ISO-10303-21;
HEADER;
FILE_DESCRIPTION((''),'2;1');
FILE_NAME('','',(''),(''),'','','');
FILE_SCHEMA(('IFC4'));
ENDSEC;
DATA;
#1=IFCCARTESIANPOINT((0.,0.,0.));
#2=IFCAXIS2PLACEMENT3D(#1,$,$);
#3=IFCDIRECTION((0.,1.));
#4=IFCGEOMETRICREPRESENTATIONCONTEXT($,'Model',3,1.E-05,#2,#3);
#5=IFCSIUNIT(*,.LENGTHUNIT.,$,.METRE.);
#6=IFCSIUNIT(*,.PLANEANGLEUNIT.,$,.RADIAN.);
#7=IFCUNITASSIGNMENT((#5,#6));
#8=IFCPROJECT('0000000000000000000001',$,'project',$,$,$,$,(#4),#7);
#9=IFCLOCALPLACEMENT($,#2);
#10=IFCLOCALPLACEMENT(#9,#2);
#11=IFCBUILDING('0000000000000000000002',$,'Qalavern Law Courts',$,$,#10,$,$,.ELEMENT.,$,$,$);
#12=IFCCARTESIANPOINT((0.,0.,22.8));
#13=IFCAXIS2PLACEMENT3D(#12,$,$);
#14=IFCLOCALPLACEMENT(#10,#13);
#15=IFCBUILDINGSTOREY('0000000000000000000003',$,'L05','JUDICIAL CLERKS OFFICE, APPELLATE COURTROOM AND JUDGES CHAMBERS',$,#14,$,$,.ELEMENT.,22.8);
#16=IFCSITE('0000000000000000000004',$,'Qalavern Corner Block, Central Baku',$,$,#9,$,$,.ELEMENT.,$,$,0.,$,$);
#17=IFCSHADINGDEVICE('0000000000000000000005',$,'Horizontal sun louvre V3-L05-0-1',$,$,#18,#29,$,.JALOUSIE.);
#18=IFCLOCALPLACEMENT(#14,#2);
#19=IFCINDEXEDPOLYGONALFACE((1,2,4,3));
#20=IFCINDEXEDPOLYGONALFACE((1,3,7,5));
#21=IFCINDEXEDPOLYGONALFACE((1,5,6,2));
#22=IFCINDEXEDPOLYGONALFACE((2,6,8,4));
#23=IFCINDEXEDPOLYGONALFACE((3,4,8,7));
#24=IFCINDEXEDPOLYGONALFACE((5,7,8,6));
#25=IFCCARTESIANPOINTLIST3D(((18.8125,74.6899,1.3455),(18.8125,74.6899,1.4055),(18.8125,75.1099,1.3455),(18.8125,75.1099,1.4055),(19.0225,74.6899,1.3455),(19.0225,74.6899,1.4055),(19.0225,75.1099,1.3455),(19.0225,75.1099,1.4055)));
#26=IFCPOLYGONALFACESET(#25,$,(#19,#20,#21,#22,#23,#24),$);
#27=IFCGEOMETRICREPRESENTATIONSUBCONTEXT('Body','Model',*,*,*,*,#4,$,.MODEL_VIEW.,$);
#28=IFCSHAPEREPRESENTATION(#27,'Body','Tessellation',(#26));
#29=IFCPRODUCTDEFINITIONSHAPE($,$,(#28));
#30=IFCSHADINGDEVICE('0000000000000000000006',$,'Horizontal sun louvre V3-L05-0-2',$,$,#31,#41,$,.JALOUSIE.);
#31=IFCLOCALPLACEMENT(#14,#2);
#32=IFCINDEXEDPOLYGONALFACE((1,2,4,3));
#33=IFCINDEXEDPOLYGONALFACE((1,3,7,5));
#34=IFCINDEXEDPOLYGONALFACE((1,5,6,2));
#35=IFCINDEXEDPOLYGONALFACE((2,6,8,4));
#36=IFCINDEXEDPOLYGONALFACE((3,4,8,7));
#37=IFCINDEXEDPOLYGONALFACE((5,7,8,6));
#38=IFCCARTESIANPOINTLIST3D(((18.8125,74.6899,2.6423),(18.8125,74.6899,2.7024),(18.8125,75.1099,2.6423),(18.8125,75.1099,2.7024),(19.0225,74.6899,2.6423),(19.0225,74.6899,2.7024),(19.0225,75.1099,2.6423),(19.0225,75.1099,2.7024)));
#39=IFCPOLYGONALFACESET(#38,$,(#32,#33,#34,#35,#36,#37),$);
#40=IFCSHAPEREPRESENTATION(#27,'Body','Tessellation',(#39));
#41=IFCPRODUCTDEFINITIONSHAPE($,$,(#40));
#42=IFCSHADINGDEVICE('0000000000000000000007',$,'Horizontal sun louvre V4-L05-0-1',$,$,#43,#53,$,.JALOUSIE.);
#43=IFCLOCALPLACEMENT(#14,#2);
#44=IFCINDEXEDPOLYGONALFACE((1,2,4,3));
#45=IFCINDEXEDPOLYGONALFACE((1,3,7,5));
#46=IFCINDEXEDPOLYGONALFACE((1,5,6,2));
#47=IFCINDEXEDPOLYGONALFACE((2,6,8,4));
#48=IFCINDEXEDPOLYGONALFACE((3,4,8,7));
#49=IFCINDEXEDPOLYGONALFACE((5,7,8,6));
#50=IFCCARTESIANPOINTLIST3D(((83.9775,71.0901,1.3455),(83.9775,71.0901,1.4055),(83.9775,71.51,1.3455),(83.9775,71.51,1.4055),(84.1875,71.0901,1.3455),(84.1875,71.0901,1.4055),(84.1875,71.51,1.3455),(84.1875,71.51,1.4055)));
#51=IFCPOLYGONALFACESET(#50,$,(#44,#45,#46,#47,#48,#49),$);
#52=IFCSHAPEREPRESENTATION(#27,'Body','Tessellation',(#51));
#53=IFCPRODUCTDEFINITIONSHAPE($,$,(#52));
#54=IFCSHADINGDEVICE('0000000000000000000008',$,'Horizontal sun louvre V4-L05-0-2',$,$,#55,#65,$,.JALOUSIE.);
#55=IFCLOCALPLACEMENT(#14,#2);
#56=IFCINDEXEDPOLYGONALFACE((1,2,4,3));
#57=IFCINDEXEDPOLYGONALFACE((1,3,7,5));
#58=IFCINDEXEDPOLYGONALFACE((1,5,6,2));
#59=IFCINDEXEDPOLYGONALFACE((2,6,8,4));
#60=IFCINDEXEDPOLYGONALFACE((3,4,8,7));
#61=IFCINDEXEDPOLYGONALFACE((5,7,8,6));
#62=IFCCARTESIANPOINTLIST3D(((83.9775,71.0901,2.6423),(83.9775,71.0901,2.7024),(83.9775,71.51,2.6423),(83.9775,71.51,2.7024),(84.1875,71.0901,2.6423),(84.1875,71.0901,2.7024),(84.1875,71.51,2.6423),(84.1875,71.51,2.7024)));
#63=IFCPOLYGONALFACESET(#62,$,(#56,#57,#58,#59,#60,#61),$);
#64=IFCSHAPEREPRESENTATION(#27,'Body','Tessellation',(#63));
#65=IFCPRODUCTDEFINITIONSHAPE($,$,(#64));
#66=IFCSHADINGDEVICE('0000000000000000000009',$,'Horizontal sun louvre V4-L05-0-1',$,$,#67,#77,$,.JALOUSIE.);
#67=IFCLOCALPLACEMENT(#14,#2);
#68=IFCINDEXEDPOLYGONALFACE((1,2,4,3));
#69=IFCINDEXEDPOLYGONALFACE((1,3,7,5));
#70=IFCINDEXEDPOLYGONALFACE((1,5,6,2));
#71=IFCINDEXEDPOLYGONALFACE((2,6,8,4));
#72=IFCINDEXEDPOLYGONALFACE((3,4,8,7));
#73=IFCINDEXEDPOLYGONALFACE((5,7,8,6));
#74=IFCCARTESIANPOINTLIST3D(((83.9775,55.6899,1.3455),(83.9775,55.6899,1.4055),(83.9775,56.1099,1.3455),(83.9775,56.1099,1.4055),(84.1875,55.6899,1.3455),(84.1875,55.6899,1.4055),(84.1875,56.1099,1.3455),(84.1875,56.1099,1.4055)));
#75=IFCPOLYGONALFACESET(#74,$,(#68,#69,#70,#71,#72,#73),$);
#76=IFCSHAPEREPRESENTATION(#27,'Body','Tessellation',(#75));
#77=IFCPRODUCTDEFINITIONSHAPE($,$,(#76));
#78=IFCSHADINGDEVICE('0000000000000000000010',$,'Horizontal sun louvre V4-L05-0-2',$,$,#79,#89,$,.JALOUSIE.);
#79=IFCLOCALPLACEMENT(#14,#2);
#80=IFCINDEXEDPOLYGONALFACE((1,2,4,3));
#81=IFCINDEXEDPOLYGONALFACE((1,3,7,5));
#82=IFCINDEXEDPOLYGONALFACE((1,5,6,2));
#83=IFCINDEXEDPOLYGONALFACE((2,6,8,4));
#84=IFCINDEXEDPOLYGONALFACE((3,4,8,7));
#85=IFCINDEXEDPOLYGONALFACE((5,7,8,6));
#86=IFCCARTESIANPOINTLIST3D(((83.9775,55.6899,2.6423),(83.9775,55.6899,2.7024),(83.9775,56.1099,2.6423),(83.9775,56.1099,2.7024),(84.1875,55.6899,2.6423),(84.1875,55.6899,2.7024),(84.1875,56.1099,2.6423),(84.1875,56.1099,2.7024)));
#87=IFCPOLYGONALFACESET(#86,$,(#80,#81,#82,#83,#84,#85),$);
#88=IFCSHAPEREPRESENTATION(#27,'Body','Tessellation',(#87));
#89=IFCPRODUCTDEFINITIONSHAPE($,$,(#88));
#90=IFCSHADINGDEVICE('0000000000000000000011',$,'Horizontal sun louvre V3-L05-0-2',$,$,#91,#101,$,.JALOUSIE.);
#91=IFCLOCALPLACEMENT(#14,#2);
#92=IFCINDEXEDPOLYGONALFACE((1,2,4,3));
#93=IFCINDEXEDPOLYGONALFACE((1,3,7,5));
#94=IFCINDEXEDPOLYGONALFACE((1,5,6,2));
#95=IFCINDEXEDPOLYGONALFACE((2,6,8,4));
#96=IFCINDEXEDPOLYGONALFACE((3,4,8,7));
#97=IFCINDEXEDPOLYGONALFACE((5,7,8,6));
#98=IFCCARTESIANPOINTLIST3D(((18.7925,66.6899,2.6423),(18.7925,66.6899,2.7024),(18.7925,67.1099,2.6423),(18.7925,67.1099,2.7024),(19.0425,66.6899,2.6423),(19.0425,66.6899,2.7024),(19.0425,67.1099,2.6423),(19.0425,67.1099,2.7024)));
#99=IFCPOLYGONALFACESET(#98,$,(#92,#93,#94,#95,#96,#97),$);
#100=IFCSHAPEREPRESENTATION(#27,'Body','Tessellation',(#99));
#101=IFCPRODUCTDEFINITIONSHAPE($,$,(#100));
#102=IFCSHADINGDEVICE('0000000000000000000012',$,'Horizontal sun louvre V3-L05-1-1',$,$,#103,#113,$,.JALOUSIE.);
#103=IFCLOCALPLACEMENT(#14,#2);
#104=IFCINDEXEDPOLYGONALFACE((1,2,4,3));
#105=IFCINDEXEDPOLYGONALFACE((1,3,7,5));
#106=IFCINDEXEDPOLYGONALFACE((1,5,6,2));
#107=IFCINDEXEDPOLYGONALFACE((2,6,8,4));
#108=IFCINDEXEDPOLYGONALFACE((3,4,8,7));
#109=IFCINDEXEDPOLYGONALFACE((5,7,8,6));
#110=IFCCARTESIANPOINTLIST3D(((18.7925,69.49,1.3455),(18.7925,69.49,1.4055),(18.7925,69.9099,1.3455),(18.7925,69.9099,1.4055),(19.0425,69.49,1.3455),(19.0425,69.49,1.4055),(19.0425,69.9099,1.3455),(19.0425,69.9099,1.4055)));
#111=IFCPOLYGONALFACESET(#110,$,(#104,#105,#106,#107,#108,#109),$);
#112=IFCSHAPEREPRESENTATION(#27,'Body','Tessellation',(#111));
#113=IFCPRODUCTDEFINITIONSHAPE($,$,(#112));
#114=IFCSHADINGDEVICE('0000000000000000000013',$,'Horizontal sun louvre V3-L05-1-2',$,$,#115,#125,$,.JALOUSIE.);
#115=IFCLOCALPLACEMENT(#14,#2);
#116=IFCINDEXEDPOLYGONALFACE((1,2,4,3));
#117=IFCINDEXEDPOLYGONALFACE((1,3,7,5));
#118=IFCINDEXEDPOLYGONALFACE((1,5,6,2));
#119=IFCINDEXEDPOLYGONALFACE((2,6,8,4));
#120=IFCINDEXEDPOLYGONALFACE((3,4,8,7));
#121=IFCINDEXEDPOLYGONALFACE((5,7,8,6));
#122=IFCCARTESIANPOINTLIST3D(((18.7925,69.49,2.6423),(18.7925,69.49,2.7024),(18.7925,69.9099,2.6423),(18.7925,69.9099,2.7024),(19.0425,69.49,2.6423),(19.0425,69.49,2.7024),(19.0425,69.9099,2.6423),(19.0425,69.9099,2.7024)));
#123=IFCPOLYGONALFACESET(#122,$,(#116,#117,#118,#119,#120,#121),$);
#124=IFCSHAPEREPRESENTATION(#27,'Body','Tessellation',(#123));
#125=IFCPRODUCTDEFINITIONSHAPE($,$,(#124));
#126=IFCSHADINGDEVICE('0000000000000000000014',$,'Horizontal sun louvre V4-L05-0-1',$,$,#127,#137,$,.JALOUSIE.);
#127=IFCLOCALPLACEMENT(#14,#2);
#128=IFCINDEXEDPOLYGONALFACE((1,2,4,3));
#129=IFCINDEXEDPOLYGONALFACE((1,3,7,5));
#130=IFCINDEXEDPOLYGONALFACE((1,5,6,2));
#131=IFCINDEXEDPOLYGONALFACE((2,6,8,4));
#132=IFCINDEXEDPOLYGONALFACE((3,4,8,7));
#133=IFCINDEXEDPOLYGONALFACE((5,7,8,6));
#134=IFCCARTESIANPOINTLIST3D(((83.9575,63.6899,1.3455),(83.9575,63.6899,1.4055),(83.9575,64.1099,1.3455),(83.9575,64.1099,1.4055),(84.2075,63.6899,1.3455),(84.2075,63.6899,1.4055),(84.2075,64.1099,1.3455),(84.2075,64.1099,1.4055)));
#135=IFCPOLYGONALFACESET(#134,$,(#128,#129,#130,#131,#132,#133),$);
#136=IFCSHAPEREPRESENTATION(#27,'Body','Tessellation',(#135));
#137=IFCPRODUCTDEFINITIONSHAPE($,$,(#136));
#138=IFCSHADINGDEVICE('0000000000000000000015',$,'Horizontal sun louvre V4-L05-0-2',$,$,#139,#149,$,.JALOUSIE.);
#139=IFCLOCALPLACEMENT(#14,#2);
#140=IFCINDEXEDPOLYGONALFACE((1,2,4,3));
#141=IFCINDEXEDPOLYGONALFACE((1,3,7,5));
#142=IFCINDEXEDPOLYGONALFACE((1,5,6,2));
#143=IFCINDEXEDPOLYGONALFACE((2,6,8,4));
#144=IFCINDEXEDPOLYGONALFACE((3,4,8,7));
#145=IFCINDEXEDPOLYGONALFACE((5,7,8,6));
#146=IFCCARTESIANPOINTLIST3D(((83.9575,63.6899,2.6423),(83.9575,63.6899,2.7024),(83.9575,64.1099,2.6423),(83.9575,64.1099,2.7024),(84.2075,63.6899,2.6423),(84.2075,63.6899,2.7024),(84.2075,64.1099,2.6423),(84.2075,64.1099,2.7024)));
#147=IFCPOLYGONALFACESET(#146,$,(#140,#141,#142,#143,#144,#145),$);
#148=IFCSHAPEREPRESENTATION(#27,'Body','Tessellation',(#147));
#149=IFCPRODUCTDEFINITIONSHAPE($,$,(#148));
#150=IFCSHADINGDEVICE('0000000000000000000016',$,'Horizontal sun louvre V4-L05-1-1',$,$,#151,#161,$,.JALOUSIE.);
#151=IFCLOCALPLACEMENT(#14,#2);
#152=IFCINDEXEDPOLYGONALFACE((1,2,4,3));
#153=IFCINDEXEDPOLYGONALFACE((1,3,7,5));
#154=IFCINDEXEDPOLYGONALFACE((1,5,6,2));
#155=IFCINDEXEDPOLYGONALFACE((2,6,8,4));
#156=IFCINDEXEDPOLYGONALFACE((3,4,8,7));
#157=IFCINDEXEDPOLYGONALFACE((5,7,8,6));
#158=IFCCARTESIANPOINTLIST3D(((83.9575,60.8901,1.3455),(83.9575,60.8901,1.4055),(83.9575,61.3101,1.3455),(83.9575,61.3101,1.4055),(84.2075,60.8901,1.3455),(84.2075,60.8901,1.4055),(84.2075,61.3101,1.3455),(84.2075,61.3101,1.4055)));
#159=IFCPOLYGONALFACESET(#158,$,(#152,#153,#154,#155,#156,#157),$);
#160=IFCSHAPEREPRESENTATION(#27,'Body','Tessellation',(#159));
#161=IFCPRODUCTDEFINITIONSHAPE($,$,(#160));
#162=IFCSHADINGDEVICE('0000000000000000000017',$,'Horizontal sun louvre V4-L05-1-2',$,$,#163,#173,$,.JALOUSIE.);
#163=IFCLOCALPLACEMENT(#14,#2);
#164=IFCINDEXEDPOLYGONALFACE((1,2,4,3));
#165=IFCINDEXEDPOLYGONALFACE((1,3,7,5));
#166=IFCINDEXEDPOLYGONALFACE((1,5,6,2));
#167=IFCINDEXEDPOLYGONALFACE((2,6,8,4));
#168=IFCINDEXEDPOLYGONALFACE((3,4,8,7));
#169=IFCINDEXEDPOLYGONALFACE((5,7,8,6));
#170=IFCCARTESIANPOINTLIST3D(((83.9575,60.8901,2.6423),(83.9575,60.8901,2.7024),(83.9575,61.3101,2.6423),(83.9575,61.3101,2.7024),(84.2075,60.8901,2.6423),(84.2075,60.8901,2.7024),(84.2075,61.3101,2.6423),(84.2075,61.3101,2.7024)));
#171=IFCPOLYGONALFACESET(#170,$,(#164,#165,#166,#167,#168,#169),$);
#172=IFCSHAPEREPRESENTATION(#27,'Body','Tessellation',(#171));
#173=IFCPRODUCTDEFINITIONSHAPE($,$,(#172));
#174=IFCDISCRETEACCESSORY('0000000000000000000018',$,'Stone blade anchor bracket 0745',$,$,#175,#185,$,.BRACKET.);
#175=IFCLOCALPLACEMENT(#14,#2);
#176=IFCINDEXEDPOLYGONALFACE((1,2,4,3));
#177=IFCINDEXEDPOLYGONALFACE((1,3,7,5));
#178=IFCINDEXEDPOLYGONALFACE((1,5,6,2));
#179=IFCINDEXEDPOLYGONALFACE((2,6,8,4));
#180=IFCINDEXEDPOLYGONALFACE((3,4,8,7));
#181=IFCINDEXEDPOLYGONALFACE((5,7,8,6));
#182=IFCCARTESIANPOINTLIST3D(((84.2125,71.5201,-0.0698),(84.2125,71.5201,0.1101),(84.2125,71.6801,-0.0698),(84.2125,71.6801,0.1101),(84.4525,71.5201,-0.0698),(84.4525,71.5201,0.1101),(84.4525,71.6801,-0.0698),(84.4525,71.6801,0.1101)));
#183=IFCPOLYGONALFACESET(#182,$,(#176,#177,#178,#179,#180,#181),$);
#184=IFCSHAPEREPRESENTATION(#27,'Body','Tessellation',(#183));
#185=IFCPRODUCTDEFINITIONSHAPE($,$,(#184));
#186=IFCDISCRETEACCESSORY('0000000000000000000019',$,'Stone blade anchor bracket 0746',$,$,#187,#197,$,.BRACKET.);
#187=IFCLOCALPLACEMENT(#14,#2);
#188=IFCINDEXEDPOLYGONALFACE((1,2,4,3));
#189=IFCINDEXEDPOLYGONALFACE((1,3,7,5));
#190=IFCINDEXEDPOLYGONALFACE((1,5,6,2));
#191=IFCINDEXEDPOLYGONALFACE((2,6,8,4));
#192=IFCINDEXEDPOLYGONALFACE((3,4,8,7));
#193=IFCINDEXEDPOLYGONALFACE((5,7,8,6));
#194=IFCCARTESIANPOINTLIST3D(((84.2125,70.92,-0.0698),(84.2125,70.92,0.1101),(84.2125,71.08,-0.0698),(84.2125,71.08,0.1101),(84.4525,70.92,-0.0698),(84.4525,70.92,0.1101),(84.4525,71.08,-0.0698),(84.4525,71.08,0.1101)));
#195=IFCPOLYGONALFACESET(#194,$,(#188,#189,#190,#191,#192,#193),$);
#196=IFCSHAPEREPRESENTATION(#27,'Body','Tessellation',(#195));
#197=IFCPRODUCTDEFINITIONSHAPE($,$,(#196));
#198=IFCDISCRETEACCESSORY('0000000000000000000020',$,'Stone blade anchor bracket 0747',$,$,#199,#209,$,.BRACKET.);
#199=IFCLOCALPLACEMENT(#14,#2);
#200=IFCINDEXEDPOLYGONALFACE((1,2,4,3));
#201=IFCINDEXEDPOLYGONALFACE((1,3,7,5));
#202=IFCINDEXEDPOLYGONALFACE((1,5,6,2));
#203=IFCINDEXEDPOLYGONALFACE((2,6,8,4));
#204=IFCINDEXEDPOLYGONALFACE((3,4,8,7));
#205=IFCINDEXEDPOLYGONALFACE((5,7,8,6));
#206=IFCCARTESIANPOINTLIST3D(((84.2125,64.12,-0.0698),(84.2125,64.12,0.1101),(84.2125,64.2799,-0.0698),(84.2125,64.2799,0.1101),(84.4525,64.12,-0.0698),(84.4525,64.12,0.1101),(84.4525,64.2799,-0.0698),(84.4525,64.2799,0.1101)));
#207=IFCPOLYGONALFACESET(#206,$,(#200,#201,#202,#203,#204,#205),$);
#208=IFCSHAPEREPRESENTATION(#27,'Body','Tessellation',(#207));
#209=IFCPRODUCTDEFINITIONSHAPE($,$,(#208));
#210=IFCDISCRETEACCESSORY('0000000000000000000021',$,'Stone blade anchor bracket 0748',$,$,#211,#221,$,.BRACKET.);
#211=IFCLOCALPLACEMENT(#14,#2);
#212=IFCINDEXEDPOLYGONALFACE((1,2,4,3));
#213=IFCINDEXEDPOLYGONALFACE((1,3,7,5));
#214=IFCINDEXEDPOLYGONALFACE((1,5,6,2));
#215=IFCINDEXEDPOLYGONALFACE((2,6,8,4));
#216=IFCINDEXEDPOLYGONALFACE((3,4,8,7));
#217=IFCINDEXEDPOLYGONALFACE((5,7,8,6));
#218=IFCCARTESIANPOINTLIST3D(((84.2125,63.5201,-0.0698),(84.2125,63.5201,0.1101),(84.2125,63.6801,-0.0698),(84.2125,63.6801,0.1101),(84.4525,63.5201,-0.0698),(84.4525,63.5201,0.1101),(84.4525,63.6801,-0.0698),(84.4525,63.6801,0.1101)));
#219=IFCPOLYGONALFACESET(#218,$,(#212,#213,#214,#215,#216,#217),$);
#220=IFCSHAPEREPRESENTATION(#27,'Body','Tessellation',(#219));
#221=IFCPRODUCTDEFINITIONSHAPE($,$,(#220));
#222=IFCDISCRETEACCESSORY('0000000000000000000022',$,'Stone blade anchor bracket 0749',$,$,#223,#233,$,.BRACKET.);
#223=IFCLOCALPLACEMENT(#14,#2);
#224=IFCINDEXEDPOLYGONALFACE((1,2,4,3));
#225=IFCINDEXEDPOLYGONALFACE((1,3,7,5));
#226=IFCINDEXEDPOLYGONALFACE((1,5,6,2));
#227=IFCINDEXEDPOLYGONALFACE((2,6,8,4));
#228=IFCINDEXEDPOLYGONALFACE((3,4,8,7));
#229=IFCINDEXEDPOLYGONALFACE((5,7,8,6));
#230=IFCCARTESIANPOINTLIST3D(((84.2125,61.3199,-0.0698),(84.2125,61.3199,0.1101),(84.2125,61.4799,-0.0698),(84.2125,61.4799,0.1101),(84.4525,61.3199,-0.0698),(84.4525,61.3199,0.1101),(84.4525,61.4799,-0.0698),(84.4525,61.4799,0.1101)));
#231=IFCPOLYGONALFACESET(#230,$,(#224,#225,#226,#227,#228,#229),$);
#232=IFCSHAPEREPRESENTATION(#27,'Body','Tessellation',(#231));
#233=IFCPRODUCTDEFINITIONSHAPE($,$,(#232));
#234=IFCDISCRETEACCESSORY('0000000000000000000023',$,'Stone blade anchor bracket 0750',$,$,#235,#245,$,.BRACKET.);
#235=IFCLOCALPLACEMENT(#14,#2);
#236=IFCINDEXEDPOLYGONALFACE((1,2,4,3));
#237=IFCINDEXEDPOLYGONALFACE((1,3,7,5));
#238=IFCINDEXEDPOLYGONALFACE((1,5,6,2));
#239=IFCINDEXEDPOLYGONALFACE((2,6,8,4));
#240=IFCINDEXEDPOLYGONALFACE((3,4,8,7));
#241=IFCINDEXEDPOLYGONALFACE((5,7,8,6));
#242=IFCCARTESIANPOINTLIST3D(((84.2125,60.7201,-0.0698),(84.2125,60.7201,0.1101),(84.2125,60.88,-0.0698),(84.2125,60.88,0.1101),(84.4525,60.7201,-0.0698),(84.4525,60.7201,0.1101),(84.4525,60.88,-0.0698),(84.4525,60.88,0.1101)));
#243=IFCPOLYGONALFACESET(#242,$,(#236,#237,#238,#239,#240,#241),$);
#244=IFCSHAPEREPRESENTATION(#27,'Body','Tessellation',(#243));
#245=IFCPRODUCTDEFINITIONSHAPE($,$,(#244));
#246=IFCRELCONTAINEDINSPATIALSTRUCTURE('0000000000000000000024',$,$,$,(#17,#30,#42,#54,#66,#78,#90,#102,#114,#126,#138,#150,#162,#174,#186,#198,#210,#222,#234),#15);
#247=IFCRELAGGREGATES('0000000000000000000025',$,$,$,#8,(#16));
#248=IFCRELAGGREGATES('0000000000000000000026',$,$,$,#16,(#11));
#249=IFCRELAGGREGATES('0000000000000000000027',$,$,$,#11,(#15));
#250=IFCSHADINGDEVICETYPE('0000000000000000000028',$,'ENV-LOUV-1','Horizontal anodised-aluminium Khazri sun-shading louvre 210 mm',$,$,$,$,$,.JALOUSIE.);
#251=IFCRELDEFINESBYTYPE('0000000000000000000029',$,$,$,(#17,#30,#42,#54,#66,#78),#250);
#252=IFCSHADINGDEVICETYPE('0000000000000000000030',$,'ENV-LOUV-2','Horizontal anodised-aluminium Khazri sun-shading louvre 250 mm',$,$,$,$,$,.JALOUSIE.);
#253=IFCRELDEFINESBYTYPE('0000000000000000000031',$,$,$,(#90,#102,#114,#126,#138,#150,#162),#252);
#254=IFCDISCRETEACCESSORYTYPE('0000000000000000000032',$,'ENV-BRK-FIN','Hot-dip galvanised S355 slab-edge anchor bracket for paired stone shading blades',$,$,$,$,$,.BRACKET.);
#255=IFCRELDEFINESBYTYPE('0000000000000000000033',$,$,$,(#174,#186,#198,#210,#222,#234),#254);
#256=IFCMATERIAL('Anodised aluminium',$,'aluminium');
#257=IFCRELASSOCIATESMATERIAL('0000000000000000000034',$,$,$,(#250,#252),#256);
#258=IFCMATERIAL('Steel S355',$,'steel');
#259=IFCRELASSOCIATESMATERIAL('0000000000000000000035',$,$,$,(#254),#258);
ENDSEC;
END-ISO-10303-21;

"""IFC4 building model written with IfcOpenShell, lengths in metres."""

from ifc_helpers import new_model, si_unit, direction, frame, origin, origin_2d, place, context, subcontext, project, spatial, rectangle, extrude, material, type_object, element, save


model = new_model("IFC4")

# Units and contexts
model_context = context("Model", 3, precision=1e-05, world=origin(), true_north=direction((0.0, 1.0)))
body_context = subcontext(model_context, "Body", "Model", "MODEL_VIEW")
ifc_project = project(units=[si_unit("LENGTHUNIT", "METRE"), si_unit("PLANEANGLEUNIT", "RADIAN")], contexts=[model_context])

# Site, building, storey
site_placement = place(None, origin())
site = spatial("IfcSite", under=ifc_project, at=site_placement, Name="Qalavern Corner Block, Central Baku", CompositionType="ELEMENT", RefElevation=0.0)
building_placement = place(site_placement, origin())
building = spatial("IfcBuilding", under=site, at=building_placement, Name="Qalavern Law Courts", CompositionType="ELEMENT")
storey_placement = place(building_placement, frame((0.0, 0.0, 22.8)))
storey = spatial("IfcBuildingStorey", under=building, at=storey_placement, Name="L05", Description="JUDICIAL CLERKS OFFICE, APPELLATE COURTROOM AND JUDGES CHAMBERS", CompositionType="ELEMENT", Elevation=22.8)

# Shading devices
ifc_material_1 = material(Name="Anodised aluminium", Category="aluminium")
shading_device_type_1 = type_object("IfcShadingDeviceType", Name="ENV-LOUV-1", Description="Horizontal anodised-aluminium Khazri sun-shading louvre 210 mm", PredefinedType="JALOUSIE", material=ifc_material_1)
for number, where, z_axis, x_axis, name in (
    (1, (18.9175, 74.8999, 1.3455), (0.0, 0.0, 1.0), (0.0, 1.0, 0.0), "Horizontal sun louvre V3-L05-0-1"),
    (2, (18.9175, 74.8999, 2.6423), (0.0, 0.0, 1.0), (0.0, 1.0, 0.0), "Horizontal sun louvre V3-L05-0-2"),
    (3, (84.0825, 71.3, 1.3455), (0.0, 0.0, 1.0), (0.0, -1.0, 0.0), "Horizontal sun louvre V4-L05-0-1"),
    (4, (84.0825, 71.3, 2.6423), (0.0, 0.0, 1.0), (0.0, -1.0, 0.0), "Horizontal sun louvre V4-L05-0-2"),
    (5, (84.0825, 55.8999, 1.3455), (0.0, 0.0, 1.0), (0.0, -1.0, 0.0), "Horizontal sun louvre V4-L05-0-1"),
    (6, (84.0825, 55.8999, 2.6423), (0.0, 0.0, 1.0), (0.0, -1.0, 0.0), "Horizontal sun louvre V4-L05-0-2"),
):
    element("IfcShadingDevice", number, at=place(storey_placement, frame(where, z_axis=z_axis, x_axis=x_axis)), inside=storey, type_object=shading_device_type_1, Name=name, PredefinedType="JALOUSIE", context=body_context, shape_type="SweptSolid", body=[
        extrude(rectangle(XDim=0.4199, YDim=0.21, at=origin_2d()), origin(), (0.0, 0.0, 1.0), 0.0601),
    ])
shading_device_type_2 = type_object("IfcShadingDeviceType", Name="ENV-LOUV-2", Description="Horizontal anodised-aluminium Khazri sun-shading louvre 250 mm", PredefinedType="JALOUSIE", material=ifc_material_1)
for number, where, z_axis, x_axis, name in (
    (7, (18.9175, 66.8999, 2.6423), (0.0, 0.0, 1.0), (0.0, 1.0, 0.0), "Horizontal sun louvre V3-L05-0-2"),
    (8, (18.9175, 69.7, 1.3455), (0.0, 0.0, 1.0), (0.0, 1.0, 0.0), "Horizontal sun louvre V3-L05-1-1"),
    (9, (18.9175, 69.7, 2.6423), (0.0, 0.0, 1.0), (0.0, 1.0, 0.0), "Horizontal sun louvre V3-L05-1-2"),
    (10, (84.0825, 63.8999, 1.3455), (0.0, 0.0, 1.0), (0.0, -1.0, 0.0), "Horizontal sun louvre V4-L05-0-1"),
    (11, (84.0825, 63.8999, 2.6423), (0.0, 0.0, 1.0), (0.0, -1.0, 0.0), "Horizontal sun louvre V4-L05-0-2"),
    (12, (84.0825, 61.1001, 1.3455), (0.0, 0.0, 1.0), (0.0, -1.0, 0.0), "Horizontal sun louvre V4-L05-1-1"),
    (13, (84.0825, 61.1001, 2.6423), (0.0, 0.0, 1.0), (0.0, -1.0, 0.0), "Horizontal sun louvre V4-L05-1-2"),
):
    element("IfcShadingDevice", number, at=place(storey_placement, frame(where, z_axis=z_axis, x_axis=x_axis)), inside=storey, type_object=shading_device_type_2, Name=name, PredefinedType="JALOUSIE", context=body_context, shape_type="SweptSolid", body=[
        extrude(rectangle(XDim=0.4199, YDim=0.25, at=origin_2d()), origin(), (0.0, 0.0, 1.0), 0.0601),
    ])

# Discrete accessories
ifc_material_2 = material(Name="Steel S355", Category="steel")
discrete_accessory_type = type_object("IfcDiscreteAccessoryType", Name="ENV-BRK-FIN", Description="Hot-dip galvanised S355 slab-edge anchor bracket for paired stone shading blades", PredefinedType="BRACKET", material=ifc_material_2)
for number, where, z_axis, x_axis, name in (
    (14, (84.3325, 71.6001, -0.0698), (0.0, 0.0, 1.0), (-1.0, 0.0, 0.0), "Stone blade anchor bracket 0745"),
    (15, (84.3325, 71.0, -0.0698), (0.0, 0.0, 1.0), (-1.0, 0.0, 0.0), "Stone blade anchor bracket 0746"),
    (16, (84.3325, 64.2, -0.0698), (0.0, 0.0, 1.0), (-1.0, 0.0, 0.0), "Stone blade anchor bracket 0747"),
    (17, (84.3325, 63.6001, -0.0698), (0.0, 0.0, 1.0), (-1.0, 0.0, 0.0), "Stone blade anchor bracket 0748"),
    (18, (84.3325, 61.3999, -0.0698), (0.0, 0.0, 1.0), (-1.0, 0.0, 0.0), "Stone blade anchor bracket 0749"),
    (19, (84.3325, 60.8, -0.0698), (0.0, 0.0, 1.0), (-1.0, 0.0, 0.0), "Stone blade anchor bracket 0750"),
):
    element("IfcDiscreteAccessory", number, at=place(storey_placement, frame(where, z_axis=z_axis, x_axis=x_axis)), inside=storey, type_object=discrete_accessory_type, Name=name, PredefinedType="BRACKET", context=body_context, shape_type="SweptSolid", body=[
        extrude(rectangle(XDim=0.24, YDim=0.1599, at=origin_2d()), origin(), (0.0, 0.0, 1.0), 0.1799),
    ])

save(model, "model.ifc")
